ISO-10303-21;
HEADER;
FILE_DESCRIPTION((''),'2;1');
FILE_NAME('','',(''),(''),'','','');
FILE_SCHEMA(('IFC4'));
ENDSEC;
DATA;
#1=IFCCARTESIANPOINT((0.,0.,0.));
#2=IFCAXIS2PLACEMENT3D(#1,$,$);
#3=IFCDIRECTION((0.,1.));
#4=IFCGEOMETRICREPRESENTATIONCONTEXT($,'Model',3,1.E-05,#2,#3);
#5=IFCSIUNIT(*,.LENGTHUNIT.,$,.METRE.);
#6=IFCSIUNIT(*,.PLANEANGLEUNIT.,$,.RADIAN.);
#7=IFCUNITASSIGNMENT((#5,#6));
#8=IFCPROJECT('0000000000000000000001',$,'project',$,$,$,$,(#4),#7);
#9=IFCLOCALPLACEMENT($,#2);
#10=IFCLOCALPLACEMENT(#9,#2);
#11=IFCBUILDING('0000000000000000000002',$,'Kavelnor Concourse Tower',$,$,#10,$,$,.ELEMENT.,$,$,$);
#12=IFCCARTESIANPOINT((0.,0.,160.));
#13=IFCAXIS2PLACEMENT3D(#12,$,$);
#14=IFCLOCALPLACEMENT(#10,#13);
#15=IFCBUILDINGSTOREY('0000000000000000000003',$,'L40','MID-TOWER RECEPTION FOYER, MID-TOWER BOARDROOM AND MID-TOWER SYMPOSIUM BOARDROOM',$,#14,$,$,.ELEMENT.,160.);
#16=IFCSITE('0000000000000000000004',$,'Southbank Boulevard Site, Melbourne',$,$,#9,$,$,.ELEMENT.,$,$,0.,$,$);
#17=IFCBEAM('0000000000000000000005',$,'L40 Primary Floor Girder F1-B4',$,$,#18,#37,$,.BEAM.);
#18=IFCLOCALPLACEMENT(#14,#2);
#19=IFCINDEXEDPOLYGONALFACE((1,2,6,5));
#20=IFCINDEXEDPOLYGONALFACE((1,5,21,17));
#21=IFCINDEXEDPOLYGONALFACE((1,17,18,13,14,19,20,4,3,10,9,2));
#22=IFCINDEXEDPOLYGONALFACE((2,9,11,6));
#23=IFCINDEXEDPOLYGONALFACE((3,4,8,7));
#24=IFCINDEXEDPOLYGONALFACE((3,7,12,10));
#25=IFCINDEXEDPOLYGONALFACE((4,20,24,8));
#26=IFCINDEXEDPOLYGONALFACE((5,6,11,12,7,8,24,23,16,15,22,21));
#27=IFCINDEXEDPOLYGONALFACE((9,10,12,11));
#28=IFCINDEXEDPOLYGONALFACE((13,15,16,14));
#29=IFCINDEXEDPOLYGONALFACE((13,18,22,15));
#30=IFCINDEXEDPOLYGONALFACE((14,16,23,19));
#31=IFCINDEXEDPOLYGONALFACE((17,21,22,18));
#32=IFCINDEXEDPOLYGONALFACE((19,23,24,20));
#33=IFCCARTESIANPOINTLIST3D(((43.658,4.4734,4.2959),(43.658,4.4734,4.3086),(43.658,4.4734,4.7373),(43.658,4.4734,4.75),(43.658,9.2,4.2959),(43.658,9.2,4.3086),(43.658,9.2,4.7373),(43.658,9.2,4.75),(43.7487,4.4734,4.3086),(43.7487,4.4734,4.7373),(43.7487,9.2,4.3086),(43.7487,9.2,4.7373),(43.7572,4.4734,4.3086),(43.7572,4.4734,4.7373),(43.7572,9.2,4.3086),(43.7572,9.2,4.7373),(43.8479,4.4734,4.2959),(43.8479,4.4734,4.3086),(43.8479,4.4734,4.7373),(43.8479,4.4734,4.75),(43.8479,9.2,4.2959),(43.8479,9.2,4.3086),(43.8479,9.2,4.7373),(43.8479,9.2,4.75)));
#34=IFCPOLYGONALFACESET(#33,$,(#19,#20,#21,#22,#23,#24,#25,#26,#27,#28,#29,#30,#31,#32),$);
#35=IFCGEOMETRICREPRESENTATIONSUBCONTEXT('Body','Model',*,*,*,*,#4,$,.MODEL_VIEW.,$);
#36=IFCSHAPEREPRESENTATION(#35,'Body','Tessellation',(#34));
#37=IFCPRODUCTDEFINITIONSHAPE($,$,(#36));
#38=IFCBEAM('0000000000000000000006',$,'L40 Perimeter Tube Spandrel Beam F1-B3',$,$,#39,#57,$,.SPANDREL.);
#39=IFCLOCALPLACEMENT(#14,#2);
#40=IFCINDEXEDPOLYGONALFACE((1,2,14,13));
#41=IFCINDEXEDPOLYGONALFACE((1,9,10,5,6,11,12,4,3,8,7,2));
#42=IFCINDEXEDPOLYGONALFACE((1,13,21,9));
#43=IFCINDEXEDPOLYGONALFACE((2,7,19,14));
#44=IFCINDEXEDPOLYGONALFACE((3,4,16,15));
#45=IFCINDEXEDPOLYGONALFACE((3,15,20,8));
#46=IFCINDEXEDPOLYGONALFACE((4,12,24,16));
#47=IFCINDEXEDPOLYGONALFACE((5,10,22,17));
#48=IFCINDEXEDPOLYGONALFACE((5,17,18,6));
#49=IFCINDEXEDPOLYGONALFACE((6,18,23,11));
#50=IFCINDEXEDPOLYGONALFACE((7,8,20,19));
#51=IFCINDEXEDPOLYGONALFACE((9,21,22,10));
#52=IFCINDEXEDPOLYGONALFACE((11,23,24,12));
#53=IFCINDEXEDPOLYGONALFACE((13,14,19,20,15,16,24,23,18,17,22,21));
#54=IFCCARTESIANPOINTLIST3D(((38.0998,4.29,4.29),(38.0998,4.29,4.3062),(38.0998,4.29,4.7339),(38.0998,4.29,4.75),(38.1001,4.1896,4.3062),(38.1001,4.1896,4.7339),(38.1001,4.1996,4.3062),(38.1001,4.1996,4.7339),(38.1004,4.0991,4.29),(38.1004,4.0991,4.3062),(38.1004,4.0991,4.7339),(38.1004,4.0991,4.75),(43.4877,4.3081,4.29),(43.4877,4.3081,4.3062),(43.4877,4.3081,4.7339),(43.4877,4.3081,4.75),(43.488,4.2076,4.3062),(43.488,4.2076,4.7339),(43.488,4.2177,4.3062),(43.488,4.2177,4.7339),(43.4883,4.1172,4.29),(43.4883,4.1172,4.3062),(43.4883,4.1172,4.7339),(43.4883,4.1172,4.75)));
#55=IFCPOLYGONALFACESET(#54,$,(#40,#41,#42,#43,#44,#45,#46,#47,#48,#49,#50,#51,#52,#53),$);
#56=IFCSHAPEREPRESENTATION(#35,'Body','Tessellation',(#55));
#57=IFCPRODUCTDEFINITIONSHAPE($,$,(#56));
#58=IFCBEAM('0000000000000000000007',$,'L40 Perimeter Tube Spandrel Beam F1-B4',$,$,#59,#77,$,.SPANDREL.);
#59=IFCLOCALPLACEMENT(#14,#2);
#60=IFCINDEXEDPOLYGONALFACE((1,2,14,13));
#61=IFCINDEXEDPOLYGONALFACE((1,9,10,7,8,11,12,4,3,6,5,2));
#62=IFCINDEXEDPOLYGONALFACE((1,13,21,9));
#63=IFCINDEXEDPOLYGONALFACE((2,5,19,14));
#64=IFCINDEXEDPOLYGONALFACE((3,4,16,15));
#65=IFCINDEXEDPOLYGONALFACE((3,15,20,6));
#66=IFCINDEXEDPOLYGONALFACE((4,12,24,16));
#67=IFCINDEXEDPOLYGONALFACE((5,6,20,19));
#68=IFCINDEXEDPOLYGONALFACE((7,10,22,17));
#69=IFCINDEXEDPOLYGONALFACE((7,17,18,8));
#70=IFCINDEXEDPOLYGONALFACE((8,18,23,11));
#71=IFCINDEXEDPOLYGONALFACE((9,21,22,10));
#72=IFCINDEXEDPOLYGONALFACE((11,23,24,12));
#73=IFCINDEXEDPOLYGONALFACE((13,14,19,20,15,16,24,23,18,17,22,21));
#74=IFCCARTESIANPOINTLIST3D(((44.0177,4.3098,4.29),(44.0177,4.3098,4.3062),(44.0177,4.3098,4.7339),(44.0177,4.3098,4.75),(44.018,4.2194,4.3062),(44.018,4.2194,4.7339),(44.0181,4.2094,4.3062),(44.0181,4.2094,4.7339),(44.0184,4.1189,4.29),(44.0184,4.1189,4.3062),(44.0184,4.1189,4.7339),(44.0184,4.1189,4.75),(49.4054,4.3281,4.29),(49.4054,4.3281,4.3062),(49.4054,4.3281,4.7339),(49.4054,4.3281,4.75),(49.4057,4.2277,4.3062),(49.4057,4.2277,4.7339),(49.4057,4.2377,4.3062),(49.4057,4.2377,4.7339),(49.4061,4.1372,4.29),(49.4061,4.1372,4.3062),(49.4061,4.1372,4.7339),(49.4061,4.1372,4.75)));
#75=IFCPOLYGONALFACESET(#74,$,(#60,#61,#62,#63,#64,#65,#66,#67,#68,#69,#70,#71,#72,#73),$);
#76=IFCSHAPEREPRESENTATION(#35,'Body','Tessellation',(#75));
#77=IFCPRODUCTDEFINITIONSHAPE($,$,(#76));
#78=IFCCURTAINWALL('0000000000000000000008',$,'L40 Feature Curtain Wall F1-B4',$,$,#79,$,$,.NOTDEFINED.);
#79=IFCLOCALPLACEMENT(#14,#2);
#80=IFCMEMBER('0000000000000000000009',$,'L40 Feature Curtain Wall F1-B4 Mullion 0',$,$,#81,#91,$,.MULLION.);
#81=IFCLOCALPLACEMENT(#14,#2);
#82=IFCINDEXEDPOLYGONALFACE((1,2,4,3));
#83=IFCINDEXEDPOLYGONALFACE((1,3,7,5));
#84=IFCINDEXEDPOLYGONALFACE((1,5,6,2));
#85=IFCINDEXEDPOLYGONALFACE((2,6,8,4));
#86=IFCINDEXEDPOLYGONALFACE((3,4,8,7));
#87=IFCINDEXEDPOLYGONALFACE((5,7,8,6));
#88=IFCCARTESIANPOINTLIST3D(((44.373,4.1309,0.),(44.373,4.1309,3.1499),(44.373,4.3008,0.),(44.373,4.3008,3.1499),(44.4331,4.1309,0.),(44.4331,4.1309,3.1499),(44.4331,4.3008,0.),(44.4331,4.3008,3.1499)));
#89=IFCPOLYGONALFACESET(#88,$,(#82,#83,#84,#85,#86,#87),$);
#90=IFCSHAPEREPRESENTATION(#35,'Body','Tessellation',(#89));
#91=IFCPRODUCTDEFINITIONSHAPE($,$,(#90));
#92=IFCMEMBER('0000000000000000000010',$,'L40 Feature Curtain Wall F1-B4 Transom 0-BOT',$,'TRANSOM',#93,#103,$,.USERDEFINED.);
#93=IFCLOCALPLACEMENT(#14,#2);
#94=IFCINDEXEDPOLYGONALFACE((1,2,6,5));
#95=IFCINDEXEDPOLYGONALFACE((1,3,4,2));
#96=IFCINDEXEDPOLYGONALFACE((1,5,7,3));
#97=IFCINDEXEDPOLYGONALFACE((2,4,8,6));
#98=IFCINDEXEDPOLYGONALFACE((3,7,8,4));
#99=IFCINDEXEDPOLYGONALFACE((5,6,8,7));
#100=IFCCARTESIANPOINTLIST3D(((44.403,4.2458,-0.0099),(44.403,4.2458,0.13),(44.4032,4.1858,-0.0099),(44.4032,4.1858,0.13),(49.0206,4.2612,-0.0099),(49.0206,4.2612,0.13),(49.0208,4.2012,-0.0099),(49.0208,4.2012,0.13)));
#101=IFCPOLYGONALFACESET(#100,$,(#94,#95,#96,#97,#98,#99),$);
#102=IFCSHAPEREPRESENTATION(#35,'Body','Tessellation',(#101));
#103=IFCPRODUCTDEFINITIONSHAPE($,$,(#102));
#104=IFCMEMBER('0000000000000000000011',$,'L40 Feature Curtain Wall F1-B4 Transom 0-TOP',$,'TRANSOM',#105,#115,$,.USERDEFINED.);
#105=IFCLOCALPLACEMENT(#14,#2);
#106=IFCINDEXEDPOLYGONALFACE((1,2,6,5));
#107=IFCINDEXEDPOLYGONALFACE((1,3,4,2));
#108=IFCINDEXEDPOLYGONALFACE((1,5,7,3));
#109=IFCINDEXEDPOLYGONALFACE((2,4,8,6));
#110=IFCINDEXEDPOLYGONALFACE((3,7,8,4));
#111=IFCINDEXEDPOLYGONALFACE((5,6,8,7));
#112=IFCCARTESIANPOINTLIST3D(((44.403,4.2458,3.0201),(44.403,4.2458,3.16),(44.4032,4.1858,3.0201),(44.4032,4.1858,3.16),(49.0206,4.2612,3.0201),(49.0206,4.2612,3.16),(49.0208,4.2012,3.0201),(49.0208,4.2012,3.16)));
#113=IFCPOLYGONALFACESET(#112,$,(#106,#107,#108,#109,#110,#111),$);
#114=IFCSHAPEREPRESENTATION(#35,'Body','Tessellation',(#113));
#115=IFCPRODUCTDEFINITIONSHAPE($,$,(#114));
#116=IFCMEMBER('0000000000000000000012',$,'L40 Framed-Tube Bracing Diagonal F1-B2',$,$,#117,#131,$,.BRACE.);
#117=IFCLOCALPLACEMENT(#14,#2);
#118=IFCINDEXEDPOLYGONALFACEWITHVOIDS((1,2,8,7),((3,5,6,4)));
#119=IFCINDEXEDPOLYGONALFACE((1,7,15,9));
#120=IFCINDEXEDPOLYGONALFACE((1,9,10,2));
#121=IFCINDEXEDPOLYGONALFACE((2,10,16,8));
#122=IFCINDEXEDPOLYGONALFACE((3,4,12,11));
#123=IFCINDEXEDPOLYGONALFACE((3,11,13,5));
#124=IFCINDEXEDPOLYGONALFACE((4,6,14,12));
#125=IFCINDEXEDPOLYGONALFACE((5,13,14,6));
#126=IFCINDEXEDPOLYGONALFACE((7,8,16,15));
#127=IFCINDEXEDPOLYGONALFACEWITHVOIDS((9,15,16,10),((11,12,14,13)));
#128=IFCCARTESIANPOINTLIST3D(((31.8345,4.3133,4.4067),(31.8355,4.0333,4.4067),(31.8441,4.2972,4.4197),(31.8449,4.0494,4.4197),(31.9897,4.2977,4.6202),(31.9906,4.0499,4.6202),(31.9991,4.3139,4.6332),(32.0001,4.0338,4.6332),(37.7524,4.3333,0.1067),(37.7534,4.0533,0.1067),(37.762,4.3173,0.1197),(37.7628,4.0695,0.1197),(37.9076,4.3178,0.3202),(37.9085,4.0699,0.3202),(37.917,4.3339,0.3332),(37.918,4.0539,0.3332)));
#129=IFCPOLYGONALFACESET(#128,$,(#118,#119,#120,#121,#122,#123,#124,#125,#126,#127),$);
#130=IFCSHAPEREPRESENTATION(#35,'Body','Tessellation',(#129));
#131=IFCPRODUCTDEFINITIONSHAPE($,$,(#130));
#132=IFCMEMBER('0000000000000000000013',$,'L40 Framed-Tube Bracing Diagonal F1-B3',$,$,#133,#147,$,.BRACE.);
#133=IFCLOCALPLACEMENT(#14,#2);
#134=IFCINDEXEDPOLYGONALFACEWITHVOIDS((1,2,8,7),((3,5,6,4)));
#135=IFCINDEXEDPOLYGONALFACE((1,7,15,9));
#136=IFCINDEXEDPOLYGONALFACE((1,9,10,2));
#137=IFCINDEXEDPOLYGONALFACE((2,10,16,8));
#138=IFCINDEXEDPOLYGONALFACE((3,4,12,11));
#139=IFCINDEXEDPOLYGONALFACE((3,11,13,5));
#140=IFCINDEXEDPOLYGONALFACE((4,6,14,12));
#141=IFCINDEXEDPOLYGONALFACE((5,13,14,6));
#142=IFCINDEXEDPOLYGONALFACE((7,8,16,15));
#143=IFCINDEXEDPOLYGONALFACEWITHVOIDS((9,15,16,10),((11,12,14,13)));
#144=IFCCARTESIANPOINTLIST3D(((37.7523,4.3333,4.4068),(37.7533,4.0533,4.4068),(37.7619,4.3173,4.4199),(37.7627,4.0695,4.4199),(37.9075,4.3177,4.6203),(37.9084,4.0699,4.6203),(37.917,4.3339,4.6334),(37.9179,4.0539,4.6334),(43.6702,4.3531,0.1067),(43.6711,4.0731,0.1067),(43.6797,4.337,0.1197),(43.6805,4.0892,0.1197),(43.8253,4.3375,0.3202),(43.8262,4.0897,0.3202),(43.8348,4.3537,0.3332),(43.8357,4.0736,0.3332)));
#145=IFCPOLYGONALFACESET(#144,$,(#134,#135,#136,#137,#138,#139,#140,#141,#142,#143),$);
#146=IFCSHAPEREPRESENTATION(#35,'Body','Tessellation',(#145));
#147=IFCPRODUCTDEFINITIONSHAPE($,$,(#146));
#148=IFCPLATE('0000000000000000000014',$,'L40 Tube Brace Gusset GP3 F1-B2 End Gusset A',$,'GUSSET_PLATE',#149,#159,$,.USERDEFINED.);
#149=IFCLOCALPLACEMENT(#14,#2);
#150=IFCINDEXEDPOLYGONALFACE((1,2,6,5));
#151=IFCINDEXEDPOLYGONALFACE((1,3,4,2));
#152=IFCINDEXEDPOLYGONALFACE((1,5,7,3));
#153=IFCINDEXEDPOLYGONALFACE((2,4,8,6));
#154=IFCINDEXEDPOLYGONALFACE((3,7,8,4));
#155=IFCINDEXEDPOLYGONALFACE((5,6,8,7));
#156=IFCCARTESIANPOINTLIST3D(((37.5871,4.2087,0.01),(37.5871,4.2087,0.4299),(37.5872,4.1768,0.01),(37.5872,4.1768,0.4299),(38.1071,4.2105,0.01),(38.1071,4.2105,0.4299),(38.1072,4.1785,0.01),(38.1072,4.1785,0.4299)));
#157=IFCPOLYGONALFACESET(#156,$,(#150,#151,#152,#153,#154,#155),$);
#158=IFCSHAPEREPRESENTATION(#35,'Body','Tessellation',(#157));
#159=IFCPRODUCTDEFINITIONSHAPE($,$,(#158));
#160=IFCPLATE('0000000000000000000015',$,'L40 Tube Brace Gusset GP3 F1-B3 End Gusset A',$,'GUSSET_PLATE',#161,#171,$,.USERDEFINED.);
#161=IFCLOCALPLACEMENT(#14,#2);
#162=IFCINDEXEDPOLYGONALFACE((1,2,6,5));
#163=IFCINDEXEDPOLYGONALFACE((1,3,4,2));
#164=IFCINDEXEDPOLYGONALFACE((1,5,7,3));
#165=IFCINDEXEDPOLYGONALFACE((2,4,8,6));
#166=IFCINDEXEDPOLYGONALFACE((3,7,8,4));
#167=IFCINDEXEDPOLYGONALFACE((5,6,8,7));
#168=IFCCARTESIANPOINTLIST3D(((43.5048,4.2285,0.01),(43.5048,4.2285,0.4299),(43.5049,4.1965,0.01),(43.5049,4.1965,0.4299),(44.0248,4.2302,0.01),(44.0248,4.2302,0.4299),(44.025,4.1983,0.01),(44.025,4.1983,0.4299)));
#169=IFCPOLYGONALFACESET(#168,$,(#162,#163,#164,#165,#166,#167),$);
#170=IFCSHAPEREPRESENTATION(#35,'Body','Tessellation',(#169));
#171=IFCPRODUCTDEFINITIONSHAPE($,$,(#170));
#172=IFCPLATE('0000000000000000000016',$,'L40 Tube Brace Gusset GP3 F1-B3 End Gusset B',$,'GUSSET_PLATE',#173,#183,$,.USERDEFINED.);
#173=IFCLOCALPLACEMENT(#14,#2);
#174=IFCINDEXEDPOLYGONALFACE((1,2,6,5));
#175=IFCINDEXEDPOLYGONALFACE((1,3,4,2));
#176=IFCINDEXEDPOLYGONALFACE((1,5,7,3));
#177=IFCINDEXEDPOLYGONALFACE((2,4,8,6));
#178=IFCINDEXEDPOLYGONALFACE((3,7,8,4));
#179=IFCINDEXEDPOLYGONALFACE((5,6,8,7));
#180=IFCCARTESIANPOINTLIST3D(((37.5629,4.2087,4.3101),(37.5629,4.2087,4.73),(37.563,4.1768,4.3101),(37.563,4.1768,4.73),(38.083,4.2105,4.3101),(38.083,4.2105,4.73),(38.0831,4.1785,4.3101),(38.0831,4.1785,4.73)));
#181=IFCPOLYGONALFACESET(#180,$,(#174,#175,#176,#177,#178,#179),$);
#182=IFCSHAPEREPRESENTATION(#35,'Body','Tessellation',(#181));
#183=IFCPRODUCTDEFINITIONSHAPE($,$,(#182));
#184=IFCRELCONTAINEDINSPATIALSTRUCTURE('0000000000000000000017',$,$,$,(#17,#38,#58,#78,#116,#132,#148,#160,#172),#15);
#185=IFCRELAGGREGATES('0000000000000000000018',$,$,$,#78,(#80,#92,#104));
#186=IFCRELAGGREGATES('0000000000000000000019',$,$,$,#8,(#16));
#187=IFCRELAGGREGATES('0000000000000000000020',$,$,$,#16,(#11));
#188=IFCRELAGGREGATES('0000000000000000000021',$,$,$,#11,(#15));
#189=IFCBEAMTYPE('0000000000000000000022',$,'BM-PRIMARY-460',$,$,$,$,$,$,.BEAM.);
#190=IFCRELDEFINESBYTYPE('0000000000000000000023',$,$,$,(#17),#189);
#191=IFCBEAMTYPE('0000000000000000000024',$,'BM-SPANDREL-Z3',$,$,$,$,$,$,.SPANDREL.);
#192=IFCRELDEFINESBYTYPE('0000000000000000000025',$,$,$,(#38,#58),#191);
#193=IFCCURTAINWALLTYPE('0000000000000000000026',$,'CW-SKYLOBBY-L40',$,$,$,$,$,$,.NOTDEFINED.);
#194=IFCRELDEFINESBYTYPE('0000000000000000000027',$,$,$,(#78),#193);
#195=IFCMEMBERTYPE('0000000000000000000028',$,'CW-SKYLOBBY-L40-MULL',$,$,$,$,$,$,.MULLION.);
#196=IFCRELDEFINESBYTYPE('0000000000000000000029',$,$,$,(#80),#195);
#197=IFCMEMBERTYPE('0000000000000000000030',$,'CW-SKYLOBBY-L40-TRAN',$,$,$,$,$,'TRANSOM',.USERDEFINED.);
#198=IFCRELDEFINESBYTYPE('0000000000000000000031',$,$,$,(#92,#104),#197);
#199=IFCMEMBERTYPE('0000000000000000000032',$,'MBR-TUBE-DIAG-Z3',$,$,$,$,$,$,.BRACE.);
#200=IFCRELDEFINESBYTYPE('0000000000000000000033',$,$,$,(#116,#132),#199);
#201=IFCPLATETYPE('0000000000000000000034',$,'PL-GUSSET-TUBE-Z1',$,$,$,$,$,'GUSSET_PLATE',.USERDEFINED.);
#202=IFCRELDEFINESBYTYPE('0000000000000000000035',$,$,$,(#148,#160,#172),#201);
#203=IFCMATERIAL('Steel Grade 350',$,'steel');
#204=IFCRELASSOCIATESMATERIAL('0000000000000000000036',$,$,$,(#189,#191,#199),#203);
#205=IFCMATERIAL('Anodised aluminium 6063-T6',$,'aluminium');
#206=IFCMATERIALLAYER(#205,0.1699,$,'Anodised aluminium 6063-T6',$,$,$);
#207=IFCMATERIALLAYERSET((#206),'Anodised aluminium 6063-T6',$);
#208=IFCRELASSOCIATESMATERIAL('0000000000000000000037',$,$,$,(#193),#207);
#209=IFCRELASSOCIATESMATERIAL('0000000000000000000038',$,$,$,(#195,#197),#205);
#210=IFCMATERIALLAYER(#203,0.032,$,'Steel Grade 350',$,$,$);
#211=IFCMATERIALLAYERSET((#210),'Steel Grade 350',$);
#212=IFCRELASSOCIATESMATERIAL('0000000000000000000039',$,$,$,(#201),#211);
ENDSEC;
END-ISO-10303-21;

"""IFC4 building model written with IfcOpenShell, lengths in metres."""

from ifc_helpers import new_model, si_unit, direction, frame, origin, origin_2d, place, context, subcontext, project, spatial, rectangle, hollow_rectangle, i_section, extrude, material, layer, layer_set, material_profile, profile_set, type_object, element, aggregate, save


model = new_model("IFC4")

# Units and contexts
model_context = context("Model", 3, precision=1e-05, world=origin(), true_north=direction((0.0, 1.0)))
body_context = subcontext(model_context, "Body", "Model", "MODEL_VIEW")
ifc_project = project(units=[si_unit("LENGTHUNIT", "METRE"), si_unit("PLANEANGLEUNIT", "RADIAN")], contexts=[model_context])

# Site, building, storey
site_placement = place(None, origin())
site = spatial("IfcSite", under=ifc_project, at=site_placement, Name="Southbank Boulevard Site, Melbourne", CompositionType="ELEMENT", RefElevation=0.0)
building_placement = place(site_placement, origin())
building = spatial("IfcBuilding", under=site, at=building_placement, Name="Kavelnor Concourse Tower", CompositionType="ELEMENT")
storey_placement = place(building_placement, frame((0.0, 0.0, 160.0)))
storey = spatial("IfcBuildingStorey", under=building, at=storey_placement, Name="L40", Description="MID-TOWER RECEPTION FOYER, MID-TOWER BOARDROOM AND MID-TOWER SYMPOSIUM BOARDROOM", CompositionType="ELEMENT", Elevation=160.0)

# Shared definitions
ifc_material_1 = material(Name="Steel Grade 350", Category="steel")

# Beams
ifc_material_profile_1 = material_profile(ifc_material_1, i_section(OverallWidth=0.1899, OverallDepth=0.4541, WebThickness=0.0085, FlangeThickness=0.0127, at=origin_2d()), Name="460UB67")
ifc_profile_set_1 = profile_set([ifc_material_profile_1], Name="Steel Grade 350")
beam_type_1 = type_object("IfcBeamType", Name="BM-PRIMARY-460", PredefinedType="BEAM", material=ifc_profile_set_1)
beam_1_placement = place(storey_placement, frame((43.7529, 9.2, 4.5229), z_axis=(0.0, -1.0, 0.0), x_axis=(1.0, 0.0, 0.0)))
element("IfcBeam", 1, at=beam_1_placement, inside=storey, type_object=beam_type_1, Name="L40 Primary Floor Girder F1-B4", PredefinedType="BEAM", context=body_context, shape_type="SweptSolid", body=[
    extrude(i_section(OverallWidth=0.1899, OverallDepth=0.4541, WebThickness=0.0085, FlangeThickness=0.0127, at=origin_2d()), origin(), (0.0, 0.0, 1.0), 4.7266),
])
ifc_material_profile_2 = material_profile(ifc_material_1, i_section(OverallWidth=0.1909, OverallDepth=0.46, WebThickness=0.01, FlangeThickness=0.0161, at=origin_2d()), Name="460UB82")
ifc_profile_set_2 = profile_set([ifc_material_profile_2], Name="Steel Grade 350")
beam_type_2 = type_object("IfcBeamType", Name="BM-SPANDREL-Z3", PredefinedType="SPANDREL", material=ifc_profile_set_2)
beam_2_placement = place(storey_placement, frame((38.1001, 4.1946, 4.52), z_axis=(0.999994, 0.003353, 0.0), x_axis=(-0.003353, 0.999994, 0.0)))
element("IfcBeam", 2, at=beam_2_placement, inside=storey, type_object=beam_type_2, Name="L40 Perimeter Tube Spandrel Beam F1-B3", PredefinedType="SPANDREL", context=body_context, shape_type="SweptSolid", body=[
    extrude(i_section(OverallWidth=0.1909, OverallDepth=0.46, WebThickness=0.01, FlangeThickness=0.0161, at=origin_2d()), origin(), (0.0, 0.0, 1.0), 5.3879),
])
beam_3_placement = place(storey_placement, frame((44.0181, 4.2144, 4.52), z_axis=(0.999994, 0.003399, 0.0), x_axis=(-0.003399, 0.999994, 0.0)))
element("IfcBeam", 3, at=beam_3_placement, inside=storey, type_object=beam_type_2, Name="L40 Perimeter Tube Spandrel Beam F1-B4", PredefinedType="SPANDREL", context=body_context, shape_type="SweptSolid", body=[
    extrude(i_section(OverallWidth=0.1909, OverallDepth=0.46, WebThickness=0.01, FlangeThickness=0.0161, at=origin_2d()), origin(), (0.0, 0.0, 1.0), 5.3877),
])

# Curtain wall, members
ifc_material_2 = material(Name="Anodised aluminium 6063-T6", Category="aluminium")
ifc_layer_1 = layer(ifc_material_2, 0.1699, Name="Anodised aluminium 6063-T6")
ifc_layer_set_1 = layer_set([ifc_layer_1], Name="Anodised aluminium 6063-T6")
curtain_wall_type = type_object("IfcCurtainWallType", Name="CW-SKYLOBBY-L40", PredefinedType="NOTDEFINED", material=ifc_layer_set_1)
curtain_wall_placement = place(storey_placement, origin())
curtain_wall = element("IfcCurtainWall", 4, at=curtain_wall_placement, inside=storey, type_object=curtain_wall_type, Name="L40 Feature Curtain Wall F1-B4", PredefinedType="NOTDEFINED")
ifc_material_profile_3 = material_profile(ifc_material_2, rectangle(XDim=0.0601, YDim=0.1699, at=origin_2d()), Name="AL-MULL 60x170")
ifc_profile_set_3 = profile_set([ifc_material_profile_3], Name="Anodised aluminium 6063-T6")
member_type_1 = type_object("IfcMemberType", Name="CW-SKYLOBBY-L40-MULL", PredefinedType="MULLION", material=ifc_profile_set_3)
member_1_placement = place(storey_placement, frame((44.4031, 4.2158, 0.0), z_axis=(0.0, 0.0, 1.0), x_axis=(1.0, 0.0, 0.0)))
member_1 = element("IfcMember", 5, at=member_1_placement, type_object=member_type_1, Name="L40 Feature Curtain Wall F1-B4 Mullion 0", PredefinedType="MULLION", context=body_context, shape_type="SweptSolid", body=[
    extrude(rectangle(XDim=0.0601, YDim=0.1699, at=origin_2d()), origin(), (0.0, 0.0, 1.0), 3.1499),
])
ifc_material_profile_4 = material_profile(ifc_material_2, rectangle(XDim=0.0601, YDim=0.1399, at=origin_2d()), Name="AL-TRAN 60x140")
ifc_profile_set_4 = profile_set([ifc_material_profile_4], Name="Anodised aluminium 6063-T6")
member_type_2 = type_object("IfcMemberType", Name="CW-SKYLOBBY-L40-TRAN", ElementType="TRANSOM", PredefinedType="USERDEFINED", material=ifc_profile_set_4)
member_2_placement = place(storey_placement, frame((44.4031, 4.2158, 0.0601), z_axis=(0.999994, 0.003331, 0.0), x_axis=(-0.003331, 0.999994, 0.0)))
member_2 = element("IfcMember", 6, at=member_2_placement, type_object=member_type_2, Name="L40 Feature Curtain Wall F1-B4 Transom 0-BOT", ObjectType="TRANSOM", PredefinedType="USERDEFINED", context=body_context, shape_type="SweptSolid", body=[
    extrude(rectangle(XDim=0.0601, YDim=0.1399, at=origin_2d()), origin(), (0.0, 0.0, 1.0), 4.6177),
])
member_3_placement = place(storey_placement, frame((44.4031, 4.2158, 3.0901), z_axis=(0.999994, 0.003331, 0.0), x_axis=(-0.003331, 0.999994, 0.0)))
member_3 = element("IfcMember", 7, at=member_3_placement, type_object=member_type_2, Name="L40 Feature Curtain Wall F1-B4 Transom 0-TOP", ObjectType="TRANSOM", PredefinedType="USERDEFINED", context=body_context, shape_type="SweptSolid", body=[
    extrude(rectangle(XDim=0.0601, YDim=0.1399, at=origin_2d()), origin(), (0.0, 0.0, 1.0), 4.6177),
])
aggregate(curtain_wall, [member_1, member_2, member_3])

# Members
ifc_material_profile_5 = material_profile(ifc_material_1, hollow_rectangle(XDim=0.28, YDim=0.28, WallThickness=0.0161, at=origin_2d()), Name="SHS 280x280x16")
ifc_profile_set_5 = profile_set([ifc_material_profile_5], Name="Steel Grade 350")
member_type_3 = type_object("IfcMemberType", Name="MBR-TUBE-DIAG-Z3", PredefinedType="BRACE", material=ifc_profile_set_5)
for number, where, z_axis, x_axis, name in (
    (8, (37.8352, 4.1936, 0.22), (-0.808988, -0.002737, 0.587818), (0.003383, -0.999994, 0.0), "L40 Framed-Tube Bracing Diagonal F1-B2"),
    (9, (43.7529, 4.2134, 0.22), (-0.808977, -0.002703, 0.587834), (0.003342, -0.999994, 0.0), "L40 Framed-Tube Bracing Diagonal F1-B3"),
):
    element("IfcMember", number, at=place(storey_placement, frame(where, z_axis=z_axis, x_axis=x_axis)), inside=storey, type_object=member_type_3, Name=name, PredefinedType="BRACE", context=body_context, shape_type="SweptSolid", body=[
        extrude(hollow_rectangle(XDim=0.28, YDim=0.28, WallThickness=0.0161, at=origin_2d()), origin(), (0.0, 0.0, 1.0), 7.3152),
    ])

# Plates
ifc_layer_2 = layer(ifc_material_1, 0.032, Name="Steel Grade 350")
ifc_layer_set_2 = layer_set([ifc_layer_2], Name="Steel Grade 350")
plate_type = type_object("IfcPlateType", Name="PL-GUSSET-TUBE-Z1", ElementType="GUSSET_PLATE", PredefinedType="USERDEFINED", material=ifc_layer_set_2)
for number, where, z_axis, x_axis, name in (
    (10, (37.8472, 4.1936, 0.01), (0.0, 0.0, 1.0), (-0.999995, -0.003316, 0.0), "L40 Tube Brace Gusset GP3 F1-B2 End Gusset A"),
    (11, (43.7649, 4.2134, 0.01), (0.0, 0.0, 1.0), (-0.999995, -0.003316, 0.0), "L40 Tube Brace Gusset GP3 F1-B3 End Gusset A"),
    (12, (37.823, 4.1936, 4.3101), (0.0, 0.0, 1.0), (-0.999995, -0.003316, 0.0), "L40 Tube Brace Gusset GP3 F1-B3 End Gusset B"),
):
    element("IfcPlate", number, at=place(storey_placement, frame(where, z_axis=z_axis, x_axis=x_axis)), inside=storey, type_object=plate_type, Name=name, ObjectType="GUSSET_PLATE", PredefinedType="USERDEFINED", context=body_context, shape_type="SweptSolid", body=[
        extrude(rectangle(XDim=0.52, YDim=0.032, at=origin_2d()), origin(), (0.0, 0.0, 1.0), 0.4199),
    ])

save(model, "model.ifc")
